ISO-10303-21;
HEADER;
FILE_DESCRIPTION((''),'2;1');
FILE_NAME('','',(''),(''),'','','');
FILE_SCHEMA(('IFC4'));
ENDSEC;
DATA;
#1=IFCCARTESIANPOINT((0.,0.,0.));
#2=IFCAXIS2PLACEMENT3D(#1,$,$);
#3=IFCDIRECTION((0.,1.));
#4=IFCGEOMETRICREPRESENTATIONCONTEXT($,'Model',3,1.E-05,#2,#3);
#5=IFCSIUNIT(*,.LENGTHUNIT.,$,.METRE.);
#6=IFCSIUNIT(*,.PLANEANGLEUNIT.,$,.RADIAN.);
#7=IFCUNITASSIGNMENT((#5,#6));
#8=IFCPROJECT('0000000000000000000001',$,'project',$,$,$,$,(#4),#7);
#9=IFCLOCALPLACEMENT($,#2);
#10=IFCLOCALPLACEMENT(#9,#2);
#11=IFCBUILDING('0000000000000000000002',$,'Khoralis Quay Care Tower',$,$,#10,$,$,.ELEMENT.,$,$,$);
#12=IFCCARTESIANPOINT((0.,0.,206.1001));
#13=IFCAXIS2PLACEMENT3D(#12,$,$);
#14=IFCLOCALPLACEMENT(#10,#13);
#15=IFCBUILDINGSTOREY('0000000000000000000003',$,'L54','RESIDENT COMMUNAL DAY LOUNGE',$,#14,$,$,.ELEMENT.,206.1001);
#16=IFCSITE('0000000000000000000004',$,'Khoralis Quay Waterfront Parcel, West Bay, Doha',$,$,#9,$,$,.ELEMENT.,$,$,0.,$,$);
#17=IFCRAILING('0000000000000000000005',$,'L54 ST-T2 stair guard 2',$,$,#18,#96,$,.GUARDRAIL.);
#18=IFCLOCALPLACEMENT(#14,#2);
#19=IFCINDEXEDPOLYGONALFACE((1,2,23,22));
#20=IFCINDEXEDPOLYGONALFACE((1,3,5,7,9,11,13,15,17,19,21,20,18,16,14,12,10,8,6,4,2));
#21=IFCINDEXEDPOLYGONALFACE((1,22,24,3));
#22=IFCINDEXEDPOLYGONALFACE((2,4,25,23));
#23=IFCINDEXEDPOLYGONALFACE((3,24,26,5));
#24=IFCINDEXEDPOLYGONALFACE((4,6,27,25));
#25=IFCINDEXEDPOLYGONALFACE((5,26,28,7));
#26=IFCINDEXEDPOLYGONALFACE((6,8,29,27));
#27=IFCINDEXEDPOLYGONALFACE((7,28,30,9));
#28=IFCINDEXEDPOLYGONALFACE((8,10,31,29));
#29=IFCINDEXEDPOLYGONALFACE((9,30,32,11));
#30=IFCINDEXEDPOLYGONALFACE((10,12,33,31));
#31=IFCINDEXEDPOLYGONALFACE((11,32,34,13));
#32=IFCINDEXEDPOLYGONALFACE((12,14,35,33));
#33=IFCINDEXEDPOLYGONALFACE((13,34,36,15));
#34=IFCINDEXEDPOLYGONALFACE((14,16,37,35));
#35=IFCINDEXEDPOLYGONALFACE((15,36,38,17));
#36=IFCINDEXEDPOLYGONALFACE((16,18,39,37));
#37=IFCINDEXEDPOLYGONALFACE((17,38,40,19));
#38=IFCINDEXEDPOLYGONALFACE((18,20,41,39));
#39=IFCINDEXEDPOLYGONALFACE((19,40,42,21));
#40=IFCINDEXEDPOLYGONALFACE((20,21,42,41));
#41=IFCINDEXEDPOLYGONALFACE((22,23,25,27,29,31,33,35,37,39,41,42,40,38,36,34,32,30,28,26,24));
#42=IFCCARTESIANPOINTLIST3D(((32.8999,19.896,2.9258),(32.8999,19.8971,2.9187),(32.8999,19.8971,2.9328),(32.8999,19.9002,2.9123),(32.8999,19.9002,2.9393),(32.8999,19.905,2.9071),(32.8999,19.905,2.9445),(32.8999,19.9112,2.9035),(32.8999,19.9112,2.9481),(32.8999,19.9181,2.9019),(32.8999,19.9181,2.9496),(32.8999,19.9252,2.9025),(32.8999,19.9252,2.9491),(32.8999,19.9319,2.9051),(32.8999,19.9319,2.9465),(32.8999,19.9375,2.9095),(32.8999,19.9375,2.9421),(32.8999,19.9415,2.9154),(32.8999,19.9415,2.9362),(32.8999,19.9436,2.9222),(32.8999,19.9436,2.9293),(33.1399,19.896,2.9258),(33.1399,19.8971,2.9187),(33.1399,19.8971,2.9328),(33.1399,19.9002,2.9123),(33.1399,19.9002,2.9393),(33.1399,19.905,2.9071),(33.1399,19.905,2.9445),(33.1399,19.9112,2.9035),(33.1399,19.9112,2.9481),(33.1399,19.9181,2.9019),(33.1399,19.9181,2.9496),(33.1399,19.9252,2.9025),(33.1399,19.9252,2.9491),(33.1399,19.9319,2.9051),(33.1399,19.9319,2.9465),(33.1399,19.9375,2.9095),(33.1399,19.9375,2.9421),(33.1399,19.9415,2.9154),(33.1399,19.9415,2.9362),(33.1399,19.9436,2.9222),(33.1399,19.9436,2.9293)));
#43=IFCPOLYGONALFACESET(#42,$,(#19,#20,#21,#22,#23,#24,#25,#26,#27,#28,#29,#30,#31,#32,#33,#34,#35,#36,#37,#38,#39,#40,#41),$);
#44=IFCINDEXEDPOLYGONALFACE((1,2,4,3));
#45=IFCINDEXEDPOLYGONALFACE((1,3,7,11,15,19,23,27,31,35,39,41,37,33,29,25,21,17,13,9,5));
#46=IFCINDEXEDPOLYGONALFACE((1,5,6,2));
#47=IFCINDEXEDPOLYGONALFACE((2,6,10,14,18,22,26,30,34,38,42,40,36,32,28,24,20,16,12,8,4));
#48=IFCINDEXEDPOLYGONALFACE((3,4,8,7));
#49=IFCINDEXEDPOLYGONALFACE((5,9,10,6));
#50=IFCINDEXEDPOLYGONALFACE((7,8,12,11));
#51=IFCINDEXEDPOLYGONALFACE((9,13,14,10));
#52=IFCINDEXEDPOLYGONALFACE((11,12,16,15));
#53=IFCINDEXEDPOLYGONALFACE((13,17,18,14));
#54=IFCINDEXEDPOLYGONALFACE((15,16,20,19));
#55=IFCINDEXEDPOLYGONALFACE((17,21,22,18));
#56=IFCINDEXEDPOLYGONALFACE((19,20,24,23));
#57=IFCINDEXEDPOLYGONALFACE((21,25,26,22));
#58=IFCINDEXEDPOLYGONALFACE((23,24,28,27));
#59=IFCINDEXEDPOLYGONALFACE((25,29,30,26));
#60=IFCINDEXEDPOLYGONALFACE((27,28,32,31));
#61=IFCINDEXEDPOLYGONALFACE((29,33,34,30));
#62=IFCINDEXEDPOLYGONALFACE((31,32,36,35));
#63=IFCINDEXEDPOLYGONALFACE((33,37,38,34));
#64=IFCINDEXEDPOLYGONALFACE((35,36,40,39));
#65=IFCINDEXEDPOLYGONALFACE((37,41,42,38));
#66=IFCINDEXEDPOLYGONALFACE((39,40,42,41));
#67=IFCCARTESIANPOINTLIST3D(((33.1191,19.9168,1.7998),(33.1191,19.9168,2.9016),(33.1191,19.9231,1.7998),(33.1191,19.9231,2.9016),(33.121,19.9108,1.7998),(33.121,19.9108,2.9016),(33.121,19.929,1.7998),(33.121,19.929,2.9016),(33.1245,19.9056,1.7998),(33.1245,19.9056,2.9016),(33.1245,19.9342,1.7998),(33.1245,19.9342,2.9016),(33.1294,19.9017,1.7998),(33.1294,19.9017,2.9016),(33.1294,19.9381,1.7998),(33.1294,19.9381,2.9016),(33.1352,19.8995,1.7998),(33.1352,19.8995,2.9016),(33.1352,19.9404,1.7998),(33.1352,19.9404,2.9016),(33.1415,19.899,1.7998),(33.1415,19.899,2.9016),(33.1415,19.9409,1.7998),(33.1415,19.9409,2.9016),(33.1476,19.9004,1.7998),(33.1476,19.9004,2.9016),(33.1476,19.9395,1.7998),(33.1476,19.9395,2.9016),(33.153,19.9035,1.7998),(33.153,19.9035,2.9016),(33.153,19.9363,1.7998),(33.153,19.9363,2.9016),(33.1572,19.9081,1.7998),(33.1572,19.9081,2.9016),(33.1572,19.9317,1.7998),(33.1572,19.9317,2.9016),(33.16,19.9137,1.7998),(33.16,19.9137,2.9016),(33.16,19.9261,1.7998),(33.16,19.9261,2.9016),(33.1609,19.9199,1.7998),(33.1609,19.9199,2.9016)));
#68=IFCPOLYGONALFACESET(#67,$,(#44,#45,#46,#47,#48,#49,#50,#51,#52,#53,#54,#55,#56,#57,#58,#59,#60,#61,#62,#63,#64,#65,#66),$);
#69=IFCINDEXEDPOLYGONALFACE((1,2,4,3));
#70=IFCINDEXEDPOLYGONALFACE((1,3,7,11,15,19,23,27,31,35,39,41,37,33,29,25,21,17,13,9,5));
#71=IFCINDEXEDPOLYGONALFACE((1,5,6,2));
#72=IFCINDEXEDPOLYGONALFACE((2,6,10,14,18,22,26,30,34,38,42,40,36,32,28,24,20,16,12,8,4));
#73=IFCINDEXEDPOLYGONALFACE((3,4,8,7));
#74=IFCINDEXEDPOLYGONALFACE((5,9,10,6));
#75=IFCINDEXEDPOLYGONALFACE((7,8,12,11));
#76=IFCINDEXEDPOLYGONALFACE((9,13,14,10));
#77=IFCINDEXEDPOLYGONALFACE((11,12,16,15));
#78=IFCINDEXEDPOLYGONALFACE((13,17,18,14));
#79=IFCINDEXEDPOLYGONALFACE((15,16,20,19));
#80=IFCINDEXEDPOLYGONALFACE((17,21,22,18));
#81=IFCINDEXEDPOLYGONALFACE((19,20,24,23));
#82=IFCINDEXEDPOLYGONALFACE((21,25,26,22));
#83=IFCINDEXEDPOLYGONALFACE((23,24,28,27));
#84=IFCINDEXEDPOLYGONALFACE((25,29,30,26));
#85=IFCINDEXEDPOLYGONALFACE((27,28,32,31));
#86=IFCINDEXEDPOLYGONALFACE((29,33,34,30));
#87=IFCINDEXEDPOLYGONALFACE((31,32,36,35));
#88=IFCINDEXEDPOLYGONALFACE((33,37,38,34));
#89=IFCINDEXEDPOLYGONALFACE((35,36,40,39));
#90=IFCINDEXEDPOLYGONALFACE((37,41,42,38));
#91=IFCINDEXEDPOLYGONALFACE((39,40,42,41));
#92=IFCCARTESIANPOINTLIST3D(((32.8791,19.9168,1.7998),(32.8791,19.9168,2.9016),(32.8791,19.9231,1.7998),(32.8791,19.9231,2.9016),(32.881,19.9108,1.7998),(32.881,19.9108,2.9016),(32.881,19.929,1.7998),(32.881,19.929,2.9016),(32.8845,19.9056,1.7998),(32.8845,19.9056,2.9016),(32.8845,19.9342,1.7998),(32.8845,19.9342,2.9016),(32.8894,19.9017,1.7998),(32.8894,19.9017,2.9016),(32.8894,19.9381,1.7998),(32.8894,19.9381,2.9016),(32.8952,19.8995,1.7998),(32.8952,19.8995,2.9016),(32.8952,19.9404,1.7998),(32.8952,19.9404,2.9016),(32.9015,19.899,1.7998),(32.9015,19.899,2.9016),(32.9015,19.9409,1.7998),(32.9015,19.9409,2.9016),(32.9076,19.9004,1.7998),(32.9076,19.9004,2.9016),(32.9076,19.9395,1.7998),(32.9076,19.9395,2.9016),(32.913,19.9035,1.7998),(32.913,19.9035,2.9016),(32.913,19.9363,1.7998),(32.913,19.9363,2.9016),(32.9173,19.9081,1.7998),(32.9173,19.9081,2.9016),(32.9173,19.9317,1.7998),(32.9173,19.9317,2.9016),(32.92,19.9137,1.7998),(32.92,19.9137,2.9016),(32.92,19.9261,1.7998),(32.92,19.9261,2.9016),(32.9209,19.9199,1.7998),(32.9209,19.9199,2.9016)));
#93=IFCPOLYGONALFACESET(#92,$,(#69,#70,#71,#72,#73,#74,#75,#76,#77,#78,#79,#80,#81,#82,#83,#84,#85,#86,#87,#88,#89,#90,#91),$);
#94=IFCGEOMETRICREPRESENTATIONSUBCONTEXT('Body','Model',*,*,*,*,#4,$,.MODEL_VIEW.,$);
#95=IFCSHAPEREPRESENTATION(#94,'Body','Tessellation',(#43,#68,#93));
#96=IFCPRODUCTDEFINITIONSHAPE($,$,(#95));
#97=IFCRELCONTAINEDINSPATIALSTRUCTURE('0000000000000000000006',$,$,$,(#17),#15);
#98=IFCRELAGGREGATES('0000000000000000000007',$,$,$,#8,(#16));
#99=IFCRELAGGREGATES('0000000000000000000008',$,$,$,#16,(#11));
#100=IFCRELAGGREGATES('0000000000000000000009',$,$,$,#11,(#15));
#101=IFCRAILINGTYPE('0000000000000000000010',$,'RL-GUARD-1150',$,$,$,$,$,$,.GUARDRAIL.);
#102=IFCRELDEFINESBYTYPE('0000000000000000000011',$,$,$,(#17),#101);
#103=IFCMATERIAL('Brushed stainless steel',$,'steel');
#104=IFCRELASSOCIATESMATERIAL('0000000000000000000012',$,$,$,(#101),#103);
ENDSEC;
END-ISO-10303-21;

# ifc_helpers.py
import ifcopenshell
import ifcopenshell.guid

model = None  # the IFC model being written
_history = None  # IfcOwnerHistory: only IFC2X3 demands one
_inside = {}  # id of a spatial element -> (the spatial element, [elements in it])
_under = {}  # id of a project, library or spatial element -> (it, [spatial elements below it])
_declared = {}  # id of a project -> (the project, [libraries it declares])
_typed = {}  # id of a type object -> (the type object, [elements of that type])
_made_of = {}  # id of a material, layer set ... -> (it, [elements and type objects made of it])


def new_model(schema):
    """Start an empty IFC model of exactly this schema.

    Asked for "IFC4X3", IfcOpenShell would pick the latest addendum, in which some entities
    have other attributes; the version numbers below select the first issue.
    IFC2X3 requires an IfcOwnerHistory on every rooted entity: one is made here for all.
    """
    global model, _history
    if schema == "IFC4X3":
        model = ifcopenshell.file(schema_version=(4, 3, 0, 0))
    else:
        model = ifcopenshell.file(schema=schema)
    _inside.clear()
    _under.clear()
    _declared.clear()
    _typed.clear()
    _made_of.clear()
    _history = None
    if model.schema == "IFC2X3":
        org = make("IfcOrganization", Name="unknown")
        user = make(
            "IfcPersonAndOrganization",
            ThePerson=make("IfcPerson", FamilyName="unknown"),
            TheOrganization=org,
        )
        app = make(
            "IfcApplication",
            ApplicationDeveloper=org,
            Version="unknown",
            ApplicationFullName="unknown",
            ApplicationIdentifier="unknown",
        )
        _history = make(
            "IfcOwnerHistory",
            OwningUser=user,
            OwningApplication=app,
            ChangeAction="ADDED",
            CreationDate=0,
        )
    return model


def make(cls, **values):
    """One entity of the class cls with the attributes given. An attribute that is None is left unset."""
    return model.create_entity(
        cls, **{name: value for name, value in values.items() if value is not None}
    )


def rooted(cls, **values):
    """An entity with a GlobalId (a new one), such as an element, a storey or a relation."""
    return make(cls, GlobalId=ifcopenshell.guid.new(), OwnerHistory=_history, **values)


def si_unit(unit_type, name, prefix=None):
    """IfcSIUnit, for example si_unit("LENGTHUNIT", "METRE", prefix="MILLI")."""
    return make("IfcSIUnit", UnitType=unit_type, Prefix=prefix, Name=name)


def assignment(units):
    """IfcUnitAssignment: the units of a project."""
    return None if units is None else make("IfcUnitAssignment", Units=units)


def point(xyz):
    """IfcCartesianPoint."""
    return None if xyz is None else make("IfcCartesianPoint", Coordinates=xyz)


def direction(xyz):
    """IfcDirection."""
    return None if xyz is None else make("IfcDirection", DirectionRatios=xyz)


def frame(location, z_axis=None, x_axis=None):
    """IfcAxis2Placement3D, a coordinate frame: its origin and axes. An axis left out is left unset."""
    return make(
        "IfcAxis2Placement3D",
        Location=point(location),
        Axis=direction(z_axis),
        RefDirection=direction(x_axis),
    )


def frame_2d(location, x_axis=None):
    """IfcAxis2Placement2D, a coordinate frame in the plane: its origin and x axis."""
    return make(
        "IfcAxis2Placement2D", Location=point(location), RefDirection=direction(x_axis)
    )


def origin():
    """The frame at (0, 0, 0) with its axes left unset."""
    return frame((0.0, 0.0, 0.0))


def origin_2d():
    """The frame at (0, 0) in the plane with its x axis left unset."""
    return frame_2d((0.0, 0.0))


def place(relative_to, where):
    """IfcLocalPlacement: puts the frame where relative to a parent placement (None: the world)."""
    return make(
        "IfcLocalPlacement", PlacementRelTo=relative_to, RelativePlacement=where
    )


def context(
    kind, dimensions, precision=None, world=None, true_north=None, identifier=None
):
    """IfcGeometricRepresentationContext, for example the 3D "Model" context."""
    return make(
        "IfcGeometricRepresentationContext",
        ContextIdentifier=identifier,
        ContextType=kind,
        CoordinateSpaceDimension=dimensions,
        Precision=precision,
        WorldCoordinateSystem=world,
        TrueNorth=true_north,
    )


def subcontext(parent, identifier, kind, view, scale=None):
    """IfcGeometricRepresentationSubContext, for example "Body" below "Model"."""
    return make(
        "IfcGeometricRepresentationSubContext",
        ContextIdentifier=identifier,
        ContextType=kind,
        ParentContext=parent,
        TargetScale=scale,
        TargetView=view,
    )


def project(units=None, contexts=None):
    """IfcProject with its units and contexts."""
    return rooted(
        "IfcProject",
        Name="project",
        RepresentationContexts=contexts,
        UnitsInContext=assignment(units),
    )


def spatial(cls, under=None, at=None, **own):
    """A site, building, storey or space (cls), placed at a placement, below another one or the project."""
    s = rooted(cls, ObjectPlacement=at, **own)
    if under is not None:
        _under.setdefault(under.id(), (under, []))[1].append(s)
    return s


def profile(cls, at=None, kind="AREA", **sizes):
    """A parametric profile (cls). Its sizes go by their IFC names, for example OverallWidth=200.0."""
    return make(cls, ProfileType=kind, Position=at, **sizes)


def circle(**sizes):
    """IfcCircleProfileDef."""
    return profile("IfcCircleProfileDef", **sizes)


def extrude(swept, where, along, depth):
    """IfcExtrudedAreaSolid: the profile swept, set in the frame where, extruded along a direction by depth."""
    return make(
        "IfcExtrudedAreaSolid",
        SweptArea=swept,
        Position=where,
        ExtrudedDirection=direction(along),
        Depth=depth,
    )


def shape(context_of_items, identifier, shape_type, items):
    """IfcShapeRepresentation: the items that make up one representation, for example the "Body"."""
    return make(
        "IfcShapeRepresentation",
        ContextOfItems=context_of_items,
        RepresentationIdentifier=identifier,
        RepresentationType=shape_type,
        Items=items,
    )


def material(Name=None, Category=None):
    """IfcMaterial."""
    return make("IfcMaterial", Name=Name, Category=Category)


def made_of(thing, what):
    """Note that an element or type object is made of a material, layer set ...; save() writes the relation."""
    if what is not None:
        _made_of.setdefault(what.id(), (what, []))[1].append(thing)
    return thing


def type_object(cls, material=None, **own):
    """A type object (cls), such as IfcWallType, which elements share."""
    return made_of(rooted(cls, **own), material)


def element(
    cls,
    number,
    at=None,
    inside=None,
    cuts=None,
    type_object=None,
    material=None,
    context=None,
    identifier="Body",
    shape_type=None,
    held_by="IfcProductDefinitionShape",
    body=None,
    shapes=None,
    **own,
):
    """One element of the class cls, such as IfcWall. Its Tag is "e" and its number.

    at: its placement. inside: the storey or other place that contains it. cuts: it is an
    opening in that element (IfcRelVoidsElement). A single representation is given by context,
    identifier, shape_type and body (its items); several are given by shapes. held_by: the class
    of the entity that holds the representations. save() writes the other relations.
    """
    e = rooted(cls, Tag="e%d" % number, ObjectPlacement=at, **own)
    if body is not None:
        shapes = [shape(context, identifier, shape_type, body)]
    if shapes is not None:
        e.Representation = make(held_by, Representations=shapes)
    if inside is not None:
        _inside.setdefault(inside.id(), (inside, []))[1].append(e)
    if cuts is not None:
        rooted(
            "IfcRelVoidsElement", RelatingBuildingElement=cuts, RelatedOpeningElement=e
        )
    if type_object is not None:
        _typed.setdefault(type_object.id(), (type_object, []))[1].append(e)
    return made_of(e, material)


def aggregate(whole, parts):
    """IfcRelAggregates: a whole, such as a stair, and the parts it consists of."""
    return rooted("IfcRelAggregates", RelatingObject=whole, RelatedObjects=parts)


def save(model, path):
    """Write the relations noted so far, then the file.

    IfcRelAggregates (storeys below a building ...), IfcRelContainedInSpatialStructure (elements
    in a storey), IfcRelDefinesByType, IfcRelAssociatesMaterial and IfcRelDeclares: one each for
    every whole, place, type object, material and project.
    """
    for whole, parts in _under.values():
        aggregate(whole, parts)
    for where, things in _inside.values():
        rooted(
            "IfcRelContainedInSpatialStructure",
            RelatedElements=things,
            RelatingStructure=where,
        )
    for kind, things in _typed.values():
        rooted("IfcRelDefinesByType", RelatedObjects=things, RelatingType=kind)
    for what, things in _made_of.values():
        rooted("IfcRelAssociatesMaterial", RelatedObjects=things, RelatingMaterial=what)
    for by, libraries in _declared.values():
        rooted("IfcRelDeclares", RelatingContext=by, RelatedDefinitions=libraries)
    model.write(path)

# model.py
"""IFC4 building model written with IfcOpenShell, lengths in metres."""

from ifc_helpers import new_model, si_unit, direction, frame, origin, origin_2d, place, context, subcontext, project, spatial, circle, extrude, material, type_object, element, save


model = new_model("IFC4")

# Units and contexts
model_context = context("Model", 3, precision=1e-05, world=origin(), true_north=direction((0.0, 1.0)))
body_context = subcontext(model_context, "Body", "Model", "MODEL_VIEW")
ifc_project = project(units=[si_unit("LENGTHUNIT", "METRE"), si_unit("PLANEANGLEUNIT", "RADIAN")], contexts=[model_context])

# Site, building, storey
site_placement = place(None, origin())
site = spatial("IfcSite", under=ifc_project, at=site_placement, Name="Khoralis Quay Waterfront Parcel, West Bay, Doha", CompositionType="ELEMENT", RefElevation=0.0)
building_placement = place(site_placement, origin())
building = spatial("IfcBuilding", under=site, at=building_placement, Name="Khoralis Quay Care Tower", CompositionType="ELEMENT")
storey_placement = place(building_placement, frame((0.0, 0.0, 206.1001)))
storey = spatial("IfcBuildingStorey", under=building, at=storey_placement, Name="L54", Description="RESIDENT COMMUNAL DAY LOUNGE", CompositionType="ELEMENT", Elevation=206.1001)

# Shared definitions
ifc_material_1 = material(Name="Brushed stainless steel", Category="steel")

# Railing
railing_type_1 = type_object("IfcRailingType", Name="RL-GUARD-1150", PredefinedType="GUARDRAIL", material=ifc_material_1)
railing_1_placement = place(storey_placement, frame((33.1399, 19.9199, 1.7998)))
element("IfcRailing", 1, at=railing_1_placement, inside=storey, type_object=railing_type_1, Name="L54 ST-T2 stair guard 2", PredefinedType="GUARDRAIL", context=body_context, shape_type="SweptSolid", body=[
    extrude(circle(Radius=0.0239, at=origin_2d()), frame((0.0, 0.0, 1.126), z_axis=(-1.0, 0.0, 0.0), x_axis=(0.0, -1.0, 0.0)), (0.0, 0.0, 1.0), 0.24),
    extrude(circle(Radius=0.021, at=origin_2d()), origin(), (0.0, 0.0, 1.0), 1.1018),
    extrude(circle(Radius=0.021, at=origin_2d()), frame((-0.24, 0.0, 0.0)), (0.0, 0.0, 1.0), 1.1018),
])

save(model, "model.ifc")
